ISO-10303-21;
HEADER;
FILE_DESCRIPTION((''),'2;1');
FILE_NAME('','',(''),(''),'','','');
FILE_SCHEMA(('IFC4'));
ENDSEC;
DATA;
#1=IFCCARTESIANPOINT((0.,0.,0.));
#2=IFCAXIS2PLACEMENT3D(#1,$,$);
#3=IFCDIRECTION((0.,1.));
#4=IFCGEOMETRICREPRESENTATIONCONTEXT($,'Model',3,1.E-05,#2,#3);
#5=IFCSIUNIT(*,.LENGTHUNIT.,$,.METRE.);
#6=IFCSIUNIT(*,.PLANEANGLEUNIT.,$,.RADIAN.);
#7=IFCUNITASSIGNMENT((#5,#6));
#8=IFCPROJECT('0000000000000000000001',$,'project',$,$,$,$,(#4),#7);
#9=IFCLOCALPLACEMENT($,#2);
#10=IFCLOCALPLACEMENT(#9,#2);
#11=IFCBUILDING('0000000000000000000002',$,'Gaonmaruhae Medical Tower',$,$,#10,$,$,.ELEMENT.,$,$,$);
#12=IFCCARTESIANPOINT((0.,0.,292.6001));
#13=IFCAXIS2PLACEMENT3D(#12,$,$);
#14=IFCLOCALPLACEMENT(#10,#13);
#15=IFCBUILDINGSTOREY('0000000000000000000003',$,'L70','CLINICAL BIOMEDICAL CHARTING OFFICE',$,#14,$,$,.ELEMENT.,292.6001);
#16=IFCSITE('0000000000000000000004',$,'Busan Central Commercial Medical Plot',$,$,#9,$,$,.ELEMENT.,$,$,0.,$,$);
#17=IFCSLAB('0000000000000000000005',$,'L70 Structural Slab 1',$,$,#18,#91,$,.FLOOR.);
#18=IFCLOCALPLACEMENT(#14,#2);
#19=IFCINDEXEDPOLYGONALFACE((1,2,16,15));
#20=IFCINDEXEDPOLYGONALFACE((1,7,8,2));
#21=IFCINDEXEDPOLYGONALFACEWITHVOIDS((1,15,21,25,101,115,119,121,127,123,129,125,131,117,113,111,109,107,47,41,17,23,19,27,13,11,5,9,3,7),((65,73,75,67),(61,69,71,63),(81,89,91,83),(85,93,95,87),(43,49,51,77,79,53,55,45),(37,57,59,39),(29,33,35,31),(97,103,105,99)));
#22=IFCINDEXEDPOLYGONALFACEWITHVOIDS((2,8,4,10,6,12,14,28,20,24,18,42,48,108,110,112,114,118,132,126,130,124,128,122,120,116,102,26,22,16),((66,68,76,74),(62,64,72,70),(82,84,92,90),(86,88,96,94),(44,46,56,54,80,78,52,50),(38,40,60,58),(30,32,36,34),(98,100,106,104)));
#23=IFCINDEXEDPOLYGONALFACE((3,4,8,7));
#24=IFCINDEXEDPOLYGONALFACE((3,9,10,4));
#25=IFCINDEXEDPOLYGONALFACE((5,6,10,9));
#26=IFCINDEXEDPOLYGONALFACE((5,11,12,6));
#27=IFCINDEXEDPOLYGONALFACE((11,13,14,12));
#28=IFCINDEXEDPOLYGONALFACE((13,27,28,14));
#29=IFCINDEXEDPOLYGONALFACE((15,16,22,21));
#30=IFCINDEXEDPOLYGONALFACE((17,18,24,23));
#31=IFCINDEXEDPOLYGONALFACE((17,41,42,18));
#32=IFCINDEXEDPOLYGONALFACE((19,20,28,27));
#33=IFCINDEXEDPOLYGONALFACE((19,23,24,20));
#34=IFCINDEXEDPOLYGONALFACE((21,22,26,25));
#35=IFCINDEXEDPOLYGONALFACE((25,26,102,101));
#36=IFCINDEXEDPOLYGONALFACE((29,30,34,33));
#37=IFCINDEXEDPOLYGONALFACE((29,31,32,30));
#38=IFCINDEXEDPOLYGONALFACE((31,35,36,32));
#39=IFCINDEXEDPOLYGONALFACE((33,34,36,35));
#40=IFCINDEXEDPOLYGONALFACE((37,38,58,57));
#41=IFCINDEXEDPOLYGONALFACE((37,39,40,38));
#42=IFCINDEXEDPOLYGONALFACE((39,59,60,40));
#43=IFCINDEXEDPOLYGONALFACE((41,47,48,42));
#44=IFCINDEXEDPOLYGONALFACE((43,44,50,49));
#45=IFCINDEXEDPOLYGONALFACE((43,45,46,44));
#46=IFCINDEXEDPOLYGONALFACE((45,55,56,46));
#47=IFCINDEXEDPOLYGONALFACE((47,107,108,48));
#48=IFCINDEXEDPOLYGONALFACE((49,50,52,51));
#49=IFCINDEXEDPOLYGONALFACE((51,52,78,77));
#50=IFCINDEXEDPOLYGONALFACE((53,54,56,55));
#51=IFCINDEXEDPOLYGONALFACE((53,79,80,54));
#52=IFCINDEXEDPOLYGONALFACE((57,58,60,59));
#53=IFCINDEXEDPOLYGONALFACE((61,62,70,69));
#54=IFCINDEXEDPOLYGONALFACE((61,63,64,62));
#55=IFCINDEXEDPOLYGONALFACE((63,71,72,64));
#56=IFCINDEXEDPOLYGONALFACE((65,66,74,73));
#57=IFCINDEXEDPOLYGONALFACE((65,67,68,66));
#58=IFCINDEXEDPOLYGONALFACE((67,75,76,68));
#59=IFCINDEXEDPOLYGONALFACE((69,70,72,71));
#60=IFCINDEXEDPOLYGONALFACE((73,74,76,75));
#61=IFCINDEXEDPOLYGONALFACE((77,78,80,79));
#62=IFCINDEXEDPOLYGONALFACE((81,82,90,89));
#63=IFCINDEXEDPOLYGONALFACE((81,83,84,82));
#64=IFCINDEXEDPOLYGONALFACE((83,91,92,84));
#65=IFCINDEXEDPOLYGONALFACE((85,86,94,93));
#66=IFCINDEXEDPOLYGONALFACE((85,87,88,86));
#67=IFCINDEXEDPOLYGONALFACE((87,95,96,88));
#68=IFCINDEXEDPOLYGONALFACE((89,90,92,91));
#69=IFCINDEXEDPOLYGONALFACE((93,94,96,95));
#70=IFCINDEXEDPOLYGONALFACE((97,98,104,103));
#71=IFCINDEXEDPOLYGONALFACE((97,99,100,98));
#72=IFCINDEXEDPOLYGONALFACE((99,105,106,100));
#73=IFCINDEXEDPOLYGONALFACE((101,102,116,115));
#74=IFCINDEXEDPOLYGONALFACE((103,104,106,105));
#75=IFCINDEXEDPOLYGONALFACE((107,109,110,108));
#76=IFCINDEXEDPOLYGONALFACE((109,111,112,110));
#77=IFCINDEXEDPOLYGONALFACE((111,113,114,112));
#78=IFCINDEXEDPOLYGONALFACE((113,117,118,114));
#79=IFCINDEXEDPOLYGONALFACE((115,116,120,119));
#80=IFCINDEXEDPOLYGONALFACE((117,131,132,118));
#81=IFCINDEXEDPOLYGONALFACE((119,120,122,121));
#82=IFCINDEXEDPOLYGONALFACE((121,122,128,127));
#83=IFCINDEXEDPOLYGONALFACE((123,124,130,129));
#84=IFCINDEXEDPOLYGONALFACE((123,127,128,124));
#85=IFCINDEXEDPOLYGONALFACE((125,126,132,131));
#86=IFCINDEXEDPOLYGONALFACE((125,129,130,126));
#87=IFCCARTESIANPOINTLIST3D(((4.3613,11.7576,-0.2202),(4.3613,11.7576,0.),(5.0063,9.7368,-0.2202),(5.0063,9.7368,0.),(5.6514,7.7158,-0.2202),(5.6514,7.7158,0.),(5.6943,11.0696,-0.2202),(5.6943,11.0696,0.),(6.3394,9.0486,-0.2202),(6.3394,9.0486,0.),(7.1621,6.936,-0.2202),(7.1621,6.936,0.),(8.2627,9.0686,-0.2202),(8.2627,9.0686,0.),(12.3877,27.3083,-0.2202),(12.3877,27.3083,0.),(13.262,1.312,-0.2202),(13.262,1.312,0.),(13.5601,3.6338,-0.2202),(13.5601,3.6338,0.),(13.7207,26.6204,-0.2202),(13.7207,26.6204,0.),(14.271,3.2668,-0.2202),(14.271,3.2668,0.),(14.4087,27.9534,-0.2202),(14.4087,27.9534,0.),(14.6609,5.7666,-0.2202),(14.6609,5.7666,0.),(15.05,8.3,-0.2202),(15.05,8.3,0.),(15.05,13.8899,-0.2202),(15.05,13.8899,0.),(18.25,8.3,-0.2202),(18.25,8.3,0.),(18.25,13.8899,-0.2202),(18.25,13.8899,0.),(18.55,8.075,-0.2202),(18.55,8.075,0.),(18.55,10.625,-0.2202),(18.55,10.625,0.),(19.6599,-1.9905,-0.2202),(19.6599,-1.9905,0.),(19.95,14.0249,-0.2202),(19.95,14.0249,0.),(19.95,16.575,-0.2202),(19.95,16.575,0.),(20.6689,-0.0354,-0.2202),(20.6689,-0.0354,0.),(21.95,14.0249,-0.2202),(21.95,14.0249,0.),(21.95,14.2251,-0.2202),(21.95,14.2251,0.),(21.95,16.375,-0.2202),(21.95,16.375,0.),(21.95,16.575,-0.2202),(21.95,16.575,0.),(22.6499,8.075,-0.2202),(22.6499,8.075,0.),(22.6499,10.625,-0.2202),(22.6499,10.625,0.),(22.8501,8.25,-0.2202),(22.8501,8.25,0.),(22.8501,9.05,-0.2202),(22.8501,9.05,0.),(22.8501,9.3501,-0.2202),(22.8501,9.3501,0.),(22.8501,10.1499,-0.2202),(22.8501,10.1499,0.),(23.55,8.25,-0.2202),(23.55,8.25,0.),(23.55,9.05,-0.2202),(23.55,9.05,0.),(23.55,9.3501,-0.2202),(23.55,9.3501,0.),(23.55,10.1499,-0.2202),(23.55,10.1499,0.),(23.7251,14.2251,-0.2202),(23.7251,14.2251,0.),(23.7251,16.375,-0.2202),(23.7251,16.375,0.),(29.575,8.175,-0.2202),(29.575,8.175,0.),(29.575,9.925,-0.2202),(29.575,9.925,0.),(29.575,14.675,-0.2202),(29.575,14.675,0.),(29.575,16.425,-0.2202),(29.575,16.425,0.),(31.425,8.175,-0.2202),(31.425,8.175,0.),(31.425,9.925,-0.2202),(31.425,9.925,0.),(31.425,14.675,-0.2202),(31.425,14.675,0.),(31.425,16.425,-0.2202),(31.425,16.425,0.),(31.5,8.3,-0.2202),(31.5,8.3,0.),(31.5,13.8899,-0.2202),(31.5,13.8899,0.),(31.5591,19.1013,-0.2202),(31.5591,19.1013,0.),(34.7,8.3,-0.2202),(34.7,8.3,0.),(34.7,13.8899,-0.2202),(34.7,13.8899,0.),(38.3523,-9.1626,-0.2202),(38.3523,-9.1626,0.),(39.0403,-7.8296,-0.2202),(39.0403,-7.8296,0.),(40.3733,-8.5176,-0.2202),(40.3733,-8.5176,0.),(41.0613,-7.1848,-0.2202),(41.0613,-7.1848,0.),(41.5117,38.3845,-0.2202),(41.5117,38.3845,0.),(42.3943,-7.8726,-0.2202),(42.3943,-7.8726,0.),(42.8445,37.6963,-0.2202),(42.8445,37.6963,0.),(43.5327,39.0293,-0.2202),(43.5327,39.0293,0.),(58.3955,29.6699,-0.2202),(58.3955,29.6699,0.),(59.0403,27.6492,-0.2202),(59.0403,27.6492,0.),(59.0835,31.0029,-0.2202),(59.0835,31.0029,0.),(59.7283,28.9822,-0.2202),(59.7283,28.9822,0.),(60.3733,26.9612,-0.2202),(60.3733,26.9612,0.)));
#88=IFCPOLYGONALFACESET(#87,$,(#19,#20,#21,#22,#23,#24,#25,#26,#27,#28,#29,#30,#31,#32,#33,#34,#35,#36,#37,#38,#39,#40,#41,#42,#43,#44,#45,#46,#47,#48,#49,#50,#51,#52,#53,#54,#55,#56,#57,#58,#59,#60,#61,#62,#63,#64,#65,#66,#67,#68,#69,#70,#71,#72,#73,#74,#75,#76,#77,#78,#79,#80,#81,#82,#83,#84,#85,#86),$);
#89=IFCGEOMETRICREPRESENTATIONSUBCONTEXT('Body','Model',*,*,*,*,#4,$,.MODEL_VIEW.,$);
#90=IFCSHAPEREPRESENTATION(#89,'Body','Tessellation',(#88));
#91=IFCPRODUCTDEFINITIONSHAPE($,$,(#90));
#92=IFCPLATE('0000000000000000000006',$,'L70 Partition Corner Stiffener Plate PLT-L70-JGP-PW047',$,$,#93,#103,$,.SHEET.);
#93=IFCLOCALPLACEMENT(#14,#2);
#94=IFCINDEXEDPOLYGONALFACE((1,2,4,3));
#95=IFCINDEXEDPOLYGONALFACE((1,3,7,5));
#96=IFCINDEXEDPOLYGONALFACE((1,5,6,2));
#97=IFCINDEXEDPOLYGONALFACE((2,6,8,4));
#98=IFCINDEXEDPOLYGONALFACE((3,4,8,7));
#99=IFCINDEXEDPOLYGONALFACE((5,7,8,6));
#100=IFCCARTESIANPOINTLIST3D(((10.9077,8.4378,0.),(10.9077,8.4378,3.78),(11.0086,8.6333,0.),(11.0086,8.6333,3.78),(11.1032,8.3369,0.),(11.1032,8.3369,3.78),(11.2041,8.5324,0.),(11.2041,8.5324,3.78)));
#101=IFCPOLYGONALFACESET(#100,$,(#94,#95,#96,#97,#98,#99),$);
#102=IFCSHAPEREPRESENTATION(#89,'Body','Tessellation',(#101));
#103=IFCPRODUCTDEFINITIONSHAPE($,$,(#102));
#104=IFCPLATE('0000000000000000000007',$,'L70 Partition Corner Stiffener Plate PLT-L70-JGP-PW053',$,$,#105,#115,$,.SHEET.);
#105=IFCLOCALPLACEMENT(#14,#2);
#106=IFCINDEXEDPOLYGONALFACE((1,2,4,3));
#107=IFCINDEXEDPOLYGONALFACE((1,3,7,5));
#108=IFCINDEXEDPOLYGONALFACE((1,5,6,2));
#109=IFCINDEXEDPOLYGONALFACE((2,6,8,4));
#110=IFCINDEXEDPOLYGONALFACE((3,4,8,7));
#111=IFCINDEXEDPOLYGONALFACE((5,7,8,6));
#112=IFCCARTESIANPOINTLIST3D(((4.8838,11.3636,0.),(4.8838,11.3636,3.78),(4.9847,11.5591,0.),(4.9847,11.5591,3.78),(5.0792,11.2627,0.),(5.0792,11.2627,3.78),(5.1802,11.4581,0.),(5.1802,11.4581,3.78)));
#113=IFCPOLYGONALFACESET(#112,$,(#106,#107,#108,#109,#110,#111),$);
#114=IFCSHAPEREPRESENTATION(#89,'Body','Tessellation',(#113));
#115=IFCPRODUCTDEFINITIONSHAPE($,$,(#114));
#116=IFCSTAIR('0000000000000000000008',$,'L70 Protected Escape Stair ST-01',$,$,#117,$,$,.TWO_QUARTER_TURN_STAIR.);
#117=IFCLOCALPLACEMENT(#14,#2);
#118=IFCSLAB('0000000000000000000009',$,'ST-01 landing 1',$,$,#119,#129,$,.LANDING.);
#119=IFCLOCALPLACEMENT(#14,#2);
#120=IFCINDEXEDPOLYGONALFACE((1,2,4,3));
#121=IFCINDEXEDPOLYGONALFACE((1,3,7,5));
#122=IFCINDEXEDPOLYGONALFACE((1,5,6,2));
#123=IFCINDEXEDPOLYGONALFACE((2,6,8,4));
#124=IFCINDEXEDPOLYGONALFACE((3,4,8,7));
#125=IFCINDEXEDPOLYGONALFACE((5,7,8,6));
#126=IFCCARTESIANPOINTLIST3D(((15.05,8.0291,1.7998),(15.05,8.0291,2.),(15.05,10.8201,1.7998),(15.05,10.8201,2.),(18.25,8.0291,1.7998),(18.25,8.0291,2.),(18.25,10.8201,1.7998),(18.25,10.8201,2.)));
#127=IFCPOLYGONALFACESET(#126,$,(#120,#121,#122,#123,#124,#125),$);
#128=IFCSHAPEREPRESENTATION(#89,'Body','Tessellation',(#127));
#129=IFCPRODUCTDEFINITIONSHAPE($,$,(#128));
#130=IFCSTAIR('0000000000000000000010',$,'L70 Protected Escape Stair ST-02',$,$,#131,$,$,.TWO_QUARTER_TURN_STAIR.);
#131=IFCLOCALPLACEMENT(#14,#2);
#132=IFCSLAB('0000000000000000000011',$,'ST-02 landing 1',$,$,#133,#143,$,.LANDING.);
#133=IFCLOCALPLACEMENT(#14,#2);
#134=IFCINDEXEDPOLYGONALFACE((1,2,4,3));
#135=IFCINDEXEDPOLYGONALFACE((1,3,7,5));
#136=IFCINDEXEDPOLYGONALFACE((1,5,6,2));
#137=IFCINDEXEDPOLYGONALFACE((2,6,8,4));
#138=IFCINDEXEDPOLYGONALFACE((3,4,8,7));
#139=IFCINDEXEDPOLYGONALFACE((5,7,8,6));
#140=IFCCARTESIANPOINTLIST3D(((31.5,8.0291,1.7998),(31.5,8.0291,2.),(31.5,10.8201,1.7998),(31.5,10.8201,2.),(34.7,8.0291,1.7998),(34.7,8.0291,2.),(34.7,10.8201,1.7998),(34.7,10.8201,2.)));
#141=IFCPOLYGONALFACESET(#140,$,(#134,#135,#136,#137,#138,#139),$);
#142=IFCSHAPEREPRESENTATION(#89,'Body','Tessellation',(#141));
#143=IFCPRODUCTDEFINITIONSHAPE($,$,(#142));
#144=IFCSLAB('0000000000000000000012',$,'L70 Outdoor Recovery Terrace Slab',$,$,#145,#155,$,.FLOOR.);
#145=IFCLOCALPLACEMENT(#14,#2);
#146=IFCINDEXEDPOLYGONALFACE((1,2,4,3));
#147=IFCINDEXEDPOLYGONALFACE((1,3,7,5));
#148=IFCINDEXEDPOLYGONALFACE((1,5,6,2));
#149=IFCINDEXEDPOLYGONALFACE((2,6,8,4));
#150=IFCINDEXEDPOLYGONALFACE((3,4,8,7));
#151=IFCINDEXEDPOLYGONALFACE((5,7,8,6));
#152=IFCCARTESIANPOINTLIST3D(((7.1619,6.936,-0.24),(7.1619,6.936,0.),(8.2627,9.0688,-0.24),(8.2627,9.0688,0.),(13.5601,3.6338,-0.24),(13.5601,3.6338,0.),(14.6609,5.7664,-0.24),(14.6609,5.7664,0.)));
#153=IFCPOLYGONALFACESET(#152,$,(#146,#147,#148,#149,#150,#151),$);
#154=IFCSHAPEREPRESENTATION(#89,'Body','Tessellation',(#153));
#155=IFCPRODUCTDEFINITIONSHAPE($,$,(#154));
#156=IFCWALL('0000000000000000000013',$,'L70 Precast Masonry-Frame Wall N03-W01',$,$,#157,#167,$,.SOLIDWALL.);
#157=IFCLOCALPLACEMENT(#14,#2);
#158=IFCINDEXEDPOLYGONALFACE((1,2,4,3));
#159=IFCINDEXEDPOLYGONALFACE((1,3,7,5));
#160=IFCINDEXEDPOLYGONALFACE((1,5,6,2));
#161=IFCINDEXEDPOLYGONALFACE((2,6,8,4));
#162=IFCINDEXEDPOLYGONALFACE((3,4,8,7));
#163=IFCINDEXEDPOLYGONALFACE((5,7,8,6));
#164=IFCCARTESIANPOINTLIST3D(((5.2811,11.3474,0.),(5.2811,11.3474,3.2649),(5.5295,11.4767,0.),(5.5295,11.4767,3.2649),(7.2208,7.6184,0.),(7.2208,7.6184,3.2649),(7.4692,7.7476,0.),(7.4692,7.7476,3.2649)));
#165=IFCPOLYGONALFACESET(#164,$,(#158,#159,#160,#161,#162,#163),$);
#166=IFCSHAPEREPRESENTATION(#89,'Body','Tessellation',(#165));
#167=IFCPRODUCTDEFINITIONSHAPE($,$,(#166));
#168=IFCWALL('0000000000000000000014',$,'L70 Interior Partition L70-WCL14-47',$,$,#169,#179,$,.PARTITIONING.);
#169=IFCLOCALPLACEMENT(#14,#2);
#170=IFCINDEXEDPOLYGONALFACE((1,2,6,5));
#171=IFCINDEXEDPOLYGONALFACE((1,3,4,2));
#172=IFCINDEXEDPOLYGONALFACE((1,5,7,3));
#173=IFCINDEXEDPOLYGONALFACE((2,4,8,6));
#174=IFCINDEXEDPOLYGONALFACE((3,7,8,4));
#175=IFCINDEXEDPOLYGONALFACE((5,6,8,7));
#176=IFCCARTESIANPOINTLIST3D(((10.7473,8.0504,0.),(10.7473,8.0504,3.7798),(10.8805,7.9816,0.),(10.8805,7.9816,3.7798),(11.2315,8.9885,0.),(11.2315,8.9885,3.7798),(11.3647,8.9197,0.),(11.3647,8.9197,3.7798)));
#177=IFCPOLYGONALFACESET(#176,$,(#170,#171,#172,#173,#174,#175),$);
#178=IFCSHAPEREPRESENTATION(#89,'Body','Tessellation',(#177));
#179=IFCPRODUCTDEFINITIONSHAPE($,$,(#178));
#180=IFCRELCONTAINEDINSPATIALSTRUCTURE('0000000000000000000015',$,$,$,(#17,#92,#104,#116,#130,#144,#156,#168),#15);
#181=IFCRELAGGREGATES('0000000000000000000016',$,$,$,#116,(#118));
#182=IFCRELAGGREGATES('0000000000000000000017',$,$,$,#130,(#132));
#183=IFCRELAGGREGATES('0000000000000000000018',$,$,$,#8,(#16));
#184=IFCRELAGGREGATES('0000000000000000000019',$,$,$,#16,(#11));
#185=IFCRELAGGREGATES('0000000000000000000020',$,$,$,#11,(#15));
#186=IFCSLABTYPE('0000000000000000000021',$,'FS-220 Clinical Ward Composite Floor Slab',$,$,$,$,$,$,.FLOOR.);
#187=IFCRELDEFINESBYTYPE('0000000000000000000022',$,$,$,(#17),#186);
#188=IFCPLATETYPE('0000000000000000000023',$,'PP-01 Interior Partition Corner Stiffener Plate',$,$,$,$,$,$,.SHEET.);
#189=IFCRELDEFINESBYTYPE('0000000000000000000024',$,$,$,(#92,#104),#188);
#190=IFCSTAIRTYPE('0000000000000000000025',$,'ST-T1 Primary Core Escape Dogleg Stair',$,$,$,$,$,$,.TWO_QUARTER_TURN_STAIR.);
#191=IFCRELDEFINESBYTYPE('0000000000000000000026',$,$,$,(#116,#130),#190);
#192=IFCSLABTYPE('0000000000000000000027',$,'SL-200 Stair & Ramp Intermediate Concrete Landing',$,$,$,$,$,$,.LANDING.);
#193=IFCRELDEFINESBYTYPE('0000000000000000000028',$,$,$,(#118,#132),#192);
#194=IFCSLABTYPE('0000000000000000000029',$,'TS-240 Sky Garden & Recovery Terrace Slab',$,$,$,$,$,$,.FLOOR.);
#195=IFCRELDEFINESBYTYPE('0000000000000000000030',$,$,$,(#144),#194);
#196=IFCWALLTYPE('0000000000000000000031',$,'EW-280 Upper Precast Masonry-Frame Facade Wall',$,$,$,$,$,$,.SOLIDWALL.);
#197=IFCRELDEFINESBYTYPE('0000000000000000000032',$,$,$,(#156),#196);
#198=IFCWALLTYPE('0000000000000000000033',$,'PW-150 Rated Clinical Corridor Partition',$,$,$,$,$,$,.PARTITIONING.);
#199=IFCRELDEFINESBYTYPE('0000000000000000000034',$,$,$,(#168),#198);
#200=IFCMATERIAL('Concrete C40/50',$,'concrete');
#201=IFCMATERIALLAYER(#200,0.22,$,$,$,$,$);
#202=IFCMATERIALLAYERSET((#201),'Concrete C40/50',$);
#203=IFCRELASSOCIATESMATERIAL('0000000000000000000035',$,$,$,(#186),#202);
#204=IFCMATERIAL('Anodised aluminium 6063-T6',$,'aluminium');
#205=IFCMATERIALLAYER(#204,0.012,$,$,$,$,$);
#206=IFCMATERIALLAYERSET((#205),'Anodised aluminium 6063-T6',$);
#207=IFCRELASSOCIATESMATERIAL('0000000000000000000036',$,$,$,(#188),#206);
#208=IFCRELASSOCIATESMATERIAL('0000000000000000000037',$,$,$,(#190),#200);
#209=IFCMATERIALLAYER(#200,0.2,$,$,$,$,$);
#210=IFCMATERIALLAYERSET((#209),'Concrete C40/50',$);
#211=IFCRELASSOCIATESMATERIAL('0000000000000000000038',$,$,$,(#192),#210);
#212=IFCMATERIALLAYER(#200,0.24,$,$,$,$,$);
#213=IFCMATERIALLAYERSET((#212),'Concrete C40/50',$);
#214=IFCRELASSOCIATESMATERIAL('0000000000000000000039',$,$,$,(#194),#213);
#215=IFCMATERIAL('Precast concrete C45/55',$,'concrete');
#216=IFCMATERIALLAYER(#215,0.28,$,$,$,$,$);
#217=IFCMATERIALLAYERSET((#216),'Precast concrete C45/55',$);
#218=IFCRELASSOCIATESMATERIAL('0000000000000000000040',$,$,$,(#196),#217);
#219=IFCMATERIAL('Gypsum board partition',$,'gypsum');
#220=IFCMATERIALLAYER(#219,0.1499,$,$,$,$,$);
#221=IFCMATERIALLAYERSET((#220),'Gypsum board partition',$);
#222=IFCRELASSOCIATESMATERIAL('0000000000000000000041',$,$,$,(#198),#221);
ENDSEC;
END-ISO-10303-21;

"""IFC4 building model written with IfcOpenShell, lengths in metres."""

from ifc_helpers import new_model, si_unit, direction, frame, frame_2d, origin, origin_2d, place, context, subcontext, project, spatial, polyline, rectangle, outline, extrude, material, layer, layer_set, type_object, element, aggregate, save


model = new_model("IFC4")

# Units and contexts
model_context = context("Model", 3, precision=1e-05, world=origin(), true_north=direction((0.0, 1.0)))
body_context = subcontext(model_context, "Body", "Model", "MODEL_VIEW")
ifc_project = project(units=[si_unit("LENGTHUNIT", "METRE"), si_unit("PLANEANGLEUNIT", "RADIAN")], contexts=[model_context])

# Site, building, storey
site_placement = place(None, origin())
site = spatial("IfcSite", under=ifc_project, at=site_placement, Name="Busan Central Commercial Medical Plot", CompositionType="ELEMENT", RefElevation=0.0)
building_placement = place(site_placement, origin())
building = spatial("IfcBuilding", under=site, at=building_placement, Name="Gaonmaruhae Medical Tower", CompositionType="ELEMENT")
storey_placement = place(building_placement, frame((0.0, 0.0, 292.6001)))
storey = spatial("IfcBuildingStorey", under=building, at=storey_placement, Name="L70", Description="CLINICAL BIOMEDICAL CHARTING OFFICE", CompositionType="ELEMENT", Elevation=292.6001)

# Slab
ifc_material_1 = material(Name="Concrete C40/50", Category="concrete")
ifc_layer_1 = layer(ifc_material_1, 0.22)
ifc_layer_set_1 = layer_set([ifc_layer_1], Name="Concrete C40/50")
slab_type_1 = type_object("IfcSlabType", Name="FS-220 Clinical Ward Composite Floor Slab", PredefinedType="FLOOR", material=ifc_layer_set_1)
slab_1_placement = place(storey_placement, frame((0.0, 0.0, -0.2202)))
element("IfcSlab", 1, at=slab_1_placement, inside=storey, type_object=slab_type_1, Name="L70 Structural Slab 1", PredefinedType="FLOOR", context=body_context, shape_type="SweptSolid", body=[
    extrude(outline(polyline([(6.3394, 9.0486), (5.0063, 9.7368), (5.6943, 11.0696), (4.3613, 11.7576), (12.3877, 27.3083), (13.7207, 26.6204), (14.4087, 27.9534), (31.5591, 19.1013), (41.5117, 38.3845), (42.8445, 37.6963), (43.5327, 39.0293), (59.0835, 31.0029), (58.3955, 29.6699), (59.7283, 28.9822), (59.0403, 27.6492), (60.3733, 26.9612), (42.3943, -7.8726), (41.0613, -7.1848), (40.3733, -8.5176), (39.0403, -7.8296), (38.3523, -9.1626), (20.6689, -0.0354), (19.6599, -1.9905), (13.262, 1.312), (14.271, 3.2668), (13.5601, 3.6338), (14.6609, 5.7666), (8.2627, 9.0686), (7.1621, 6.936), (5.6514, 7.7158), (6.3394, 9.0486)]), holes=[polyline([(23.55, 8.25), (22.8501, 8.25), (22.8501, 9.05), (23.55, 9.05), (23.55, 8.25)]), polyline([(29.575, 9.925), (31.425, 9.925), (31.425, 8.175), (29.575, 8.175), (29.575, 9.925)]), polyline([(18.55, 10.625), (22.6499, 10.625), (22.6499, 8.075), (18.55, 8.075), (18.55, 10.625)]), polyline([(23.55, 9.3501), (22.8501, 9.3501), (22.8501, 10.1499), (23.55, 10.1499), (23.55, 9.3501)]), polyline([(15.05, 13.8899), (18.25, 13.8899), (18.25, 8.3), (15.05, 8.3), (15.05, 13.8899)]), polyline([(31.5, 13.8899), (34.7, 13.8899), (34.7, 8.3), (31.5, 8.3), (31.5, 13.8899)]), polyline([(23.7251, 14.2251), (21.95, 14.2251), (21.95, 14.0249), (19.95, 14.0249), (19.95, 16.575), (21.95, 16.575), (21.95, 16.375), (23.7251, 16.375), (23.7251, 14.2251)]), polyline([(31.425, 16.425), (31.425, 14.675), (29.575, 14.675), (29.575, 16.425), (31.425, 16.425)])]), origin(), (0.0, 0.0, 1.0), 0.2202),
])

# Plates
ifc_material_2 = material(Name="Anodised aluminium 6063-T6", Category="aluminium")
ifc_layer_2 = layer(ifc_material_2, 0.012)
ifc_layer_set_2 = layer_set([ifc_layer_2], Name="Anodised aluminium 6063-T6")
plate_type = type_object("IfcPlateType", Name="PP-01 Interior Partition Corner Stiffener Plate", PredefinedType="SHEET", material=ifc_layer_set_2)
for number, where, z_axis, x_axis, name in (
    (2, (11.0559, 8.4851, 0.0), (0.0, 0.0, 1.0), (-0.458541, -0.888673, 0.0), "L70 Partition Corner Stiffener Plate PLT-L70-JGP-PW047"),
    (3, (5.032, 11.4109, 0.0), (0.0, 0.0, 1.0), (-0.888481, 0.458913, 0.0), "L70 Partition Corner Stiffener Plate PLT-L70-JGP-PW053"),
):
    element("IfcPlate", number, at=place(storey_placement, frame(where, z_axis=z_axis, x_axis=x_axis)), inside=storey, type_object=plate_type, Name=name, PredefinedType="SHEET", context=body_context, shape_type="SweptSolid", body=[
        extrude(rectangle(XDim=0.22, YDim=0.22, at=origin_2d()), origin(), (0.0, 0.0, 1.0), 3.78),
    ])

# Stairs, slabs
stair_type = type_object("IfcStairType", Name="ST-T1 Primary Core Escape Dogleg Stair", PredefinedType="TWO_QUARTER_TURN_STAIR", material=ifc_material_1)
stair_1_placement = place(storey_placement, origin())
stair_1 = element("IfcStair", 4, at=stair_1_placement, inside=storey, type_object=stair_type, Name="L70 Protected Escape Stair ST-01", PredefinedType="TWO_QUARTER_TURN_STAIR")
ifc_layer_3 = layer(ifc_material_1, 0.2)
ifc_layer_set_3 = layer_set([ifc_layer_3], Name="Concrete C40/50")
slab_type_2 = type_object("IfcSlabType", Name="SL-200 Stair & Ramp Intermediate Concrete Landing", PredefinedType="LANDING", material=ifc_layer_set_3)
slab_2_placement = place(storey_placement, frame((0.0, 0.0, 1.7998)))
slab_2 = element("IfcSlab", 5, at=slab_2_placement, type_object=slab_type_2, Name="ST-01 landing 1", PredefinedType="LANDING", context=body_context, shape_type="SweptSolid", body=[
    extrude(outline(polyline([(15.05, 10.8201), (15.05, 8.0291), (18.25, 8.0291), (18.25, 10.8201), (15.05, 10.8201)])), origin(), (0.0, 0.0, 1.0), 0.2002),
])
aggregate(stair_1, [slab_2])
stair_2_placement = place(storey_placement, origin())
stair_2 = element("IfcStair", 6, at=stair_2_placement, inside=storey, type_object=stair_type, Name="L70 Protected Escape Stair ST-02", PredefinedType="TWO_QUARTER_TURN_STAIR")
slab_3_placement = place(storey_placement, frame((0.0, 0.0, 1.7998)))
slab_3 = element("IfcSlab", 7, at=slab_3_placement, type_object=slab_type_2, Name="ST-02 landing 1", PredefinedType="LANDING", context=body_context, shape_type="SweptSolid", body=[
    extrude(outline(polyline([(31.5, 10.8201), (31.5, 8.0291), (34.7, 8.0291), (34.7, 10.8201), (31.5, 10.8201)])), origin(), (0.0, 0.0, 1.0), 0.2002),
])
aggregate(stair_2, [slab_3])

# Slab
ifc_layer_4 = layer(ifc_material_1, 0.24)
ifc_layer_set_4 = layer_set([ifc_layer_4], Name="Concrete C40/50")
slab_type_3 = type_object("IfcSlabType", Name="TS-240 Sky Garden & Recovery Terrace Slab", PredefinedType="FLOOR", material=ifc_layer_set_4)
slab_4_placement = place(storey_placement, frame((0.0, 0.0, -0.24)))
element("IfcSlab", 8, at=slab_4_placement, inside=storey, type_object=slab_type_3, Name="L70 Outdoor Recovery Terrace Slab", PredefinedType="FLOOR", context=body_context, shape_type="SweptSolid", body=[
    extrude(outline(polyline([(13.5601, 3.6338), (14.6609, 5.7664), (8.2627, 9.0688), (7.1619, 6.936), (13.5601, 3.6338)])), origin(), (0.0, 0.0, 1.0), 0.24),
])

# Walls
ifc_material_3 = material(Name="Precast concrete C45/55", Category="concrete")
ifc_layer_5 = layer(ifc_material_3, 0.28)
ifc_layer_set_5 = layer_set([ifc_layer_5], Name="Precast concrete C45/55")
wall_type_1 = type_object("IfcWallType", Name="EW-280 Upper Precast Masonry-Frame Facade Wall", PredefinedType="SOLIDWALL", material=ifc_layer_set_5)
wall_1_placement = place(storey_placement, frame((7.345, 7.6831, 0.0), z_axis=(0.0, 0.0, 1.0), x_axis=(-0.461468, 0.887157, 0.0)))
element("IfcWall", 9, at=wall_1_placement, inside=storey, type_object=wall_type_1, Name="L70 Precast Masonry-Frame Wall N03-W01", PredefinedType="SOLIDWALL", context=body_context, shape_type="SweptSolid", body=[
    extrude(rectangle(XDim=4.2034, YDim=0.28, at=frame_2d((2.1016, 0.0))), origin(), (0.0, 0.0, 1.0), 3.2649),
])
ifc_material_4 = material(Name="Gypsum board partition", Category="gypsum")
ifc_layer_6 = layer(ifc_material_4, 0.1499)
ifc_layer_set_6 = layer_set([ifc_layer_6], Name="Gypsum board partition")
wall_type_2 = type_object("IfcWallType", Name="PW-150 Rated Clinical Corridor Partition", PredefinedType="PARTITIONING", material=ifc_layer_set_6)
wall_2_placement = place(storey_placement, frame((11.2981, 8.9541, 0.0), z_axis=(0.0, 0.0, 1.0), x_axis=(-0.458649, -0.888618, 0.0)))
element("IfcWall", 10, at=wall_2_placement, inside=storey, type_object=wall_type_2, Name="L70 Interior Partition L70-WCL14-47", PredefinedType="PARTITIONING", context=body_context, shape_type="SweptSolid", body=[
    extrude(rectangle(XDim=1.0557, YDim=0.1499, at=frame_2d((0.5278, 0.0))), origin(), (0.0, 0.0, 1.0), 3.7798),
])

save(model, "model.ifc")
